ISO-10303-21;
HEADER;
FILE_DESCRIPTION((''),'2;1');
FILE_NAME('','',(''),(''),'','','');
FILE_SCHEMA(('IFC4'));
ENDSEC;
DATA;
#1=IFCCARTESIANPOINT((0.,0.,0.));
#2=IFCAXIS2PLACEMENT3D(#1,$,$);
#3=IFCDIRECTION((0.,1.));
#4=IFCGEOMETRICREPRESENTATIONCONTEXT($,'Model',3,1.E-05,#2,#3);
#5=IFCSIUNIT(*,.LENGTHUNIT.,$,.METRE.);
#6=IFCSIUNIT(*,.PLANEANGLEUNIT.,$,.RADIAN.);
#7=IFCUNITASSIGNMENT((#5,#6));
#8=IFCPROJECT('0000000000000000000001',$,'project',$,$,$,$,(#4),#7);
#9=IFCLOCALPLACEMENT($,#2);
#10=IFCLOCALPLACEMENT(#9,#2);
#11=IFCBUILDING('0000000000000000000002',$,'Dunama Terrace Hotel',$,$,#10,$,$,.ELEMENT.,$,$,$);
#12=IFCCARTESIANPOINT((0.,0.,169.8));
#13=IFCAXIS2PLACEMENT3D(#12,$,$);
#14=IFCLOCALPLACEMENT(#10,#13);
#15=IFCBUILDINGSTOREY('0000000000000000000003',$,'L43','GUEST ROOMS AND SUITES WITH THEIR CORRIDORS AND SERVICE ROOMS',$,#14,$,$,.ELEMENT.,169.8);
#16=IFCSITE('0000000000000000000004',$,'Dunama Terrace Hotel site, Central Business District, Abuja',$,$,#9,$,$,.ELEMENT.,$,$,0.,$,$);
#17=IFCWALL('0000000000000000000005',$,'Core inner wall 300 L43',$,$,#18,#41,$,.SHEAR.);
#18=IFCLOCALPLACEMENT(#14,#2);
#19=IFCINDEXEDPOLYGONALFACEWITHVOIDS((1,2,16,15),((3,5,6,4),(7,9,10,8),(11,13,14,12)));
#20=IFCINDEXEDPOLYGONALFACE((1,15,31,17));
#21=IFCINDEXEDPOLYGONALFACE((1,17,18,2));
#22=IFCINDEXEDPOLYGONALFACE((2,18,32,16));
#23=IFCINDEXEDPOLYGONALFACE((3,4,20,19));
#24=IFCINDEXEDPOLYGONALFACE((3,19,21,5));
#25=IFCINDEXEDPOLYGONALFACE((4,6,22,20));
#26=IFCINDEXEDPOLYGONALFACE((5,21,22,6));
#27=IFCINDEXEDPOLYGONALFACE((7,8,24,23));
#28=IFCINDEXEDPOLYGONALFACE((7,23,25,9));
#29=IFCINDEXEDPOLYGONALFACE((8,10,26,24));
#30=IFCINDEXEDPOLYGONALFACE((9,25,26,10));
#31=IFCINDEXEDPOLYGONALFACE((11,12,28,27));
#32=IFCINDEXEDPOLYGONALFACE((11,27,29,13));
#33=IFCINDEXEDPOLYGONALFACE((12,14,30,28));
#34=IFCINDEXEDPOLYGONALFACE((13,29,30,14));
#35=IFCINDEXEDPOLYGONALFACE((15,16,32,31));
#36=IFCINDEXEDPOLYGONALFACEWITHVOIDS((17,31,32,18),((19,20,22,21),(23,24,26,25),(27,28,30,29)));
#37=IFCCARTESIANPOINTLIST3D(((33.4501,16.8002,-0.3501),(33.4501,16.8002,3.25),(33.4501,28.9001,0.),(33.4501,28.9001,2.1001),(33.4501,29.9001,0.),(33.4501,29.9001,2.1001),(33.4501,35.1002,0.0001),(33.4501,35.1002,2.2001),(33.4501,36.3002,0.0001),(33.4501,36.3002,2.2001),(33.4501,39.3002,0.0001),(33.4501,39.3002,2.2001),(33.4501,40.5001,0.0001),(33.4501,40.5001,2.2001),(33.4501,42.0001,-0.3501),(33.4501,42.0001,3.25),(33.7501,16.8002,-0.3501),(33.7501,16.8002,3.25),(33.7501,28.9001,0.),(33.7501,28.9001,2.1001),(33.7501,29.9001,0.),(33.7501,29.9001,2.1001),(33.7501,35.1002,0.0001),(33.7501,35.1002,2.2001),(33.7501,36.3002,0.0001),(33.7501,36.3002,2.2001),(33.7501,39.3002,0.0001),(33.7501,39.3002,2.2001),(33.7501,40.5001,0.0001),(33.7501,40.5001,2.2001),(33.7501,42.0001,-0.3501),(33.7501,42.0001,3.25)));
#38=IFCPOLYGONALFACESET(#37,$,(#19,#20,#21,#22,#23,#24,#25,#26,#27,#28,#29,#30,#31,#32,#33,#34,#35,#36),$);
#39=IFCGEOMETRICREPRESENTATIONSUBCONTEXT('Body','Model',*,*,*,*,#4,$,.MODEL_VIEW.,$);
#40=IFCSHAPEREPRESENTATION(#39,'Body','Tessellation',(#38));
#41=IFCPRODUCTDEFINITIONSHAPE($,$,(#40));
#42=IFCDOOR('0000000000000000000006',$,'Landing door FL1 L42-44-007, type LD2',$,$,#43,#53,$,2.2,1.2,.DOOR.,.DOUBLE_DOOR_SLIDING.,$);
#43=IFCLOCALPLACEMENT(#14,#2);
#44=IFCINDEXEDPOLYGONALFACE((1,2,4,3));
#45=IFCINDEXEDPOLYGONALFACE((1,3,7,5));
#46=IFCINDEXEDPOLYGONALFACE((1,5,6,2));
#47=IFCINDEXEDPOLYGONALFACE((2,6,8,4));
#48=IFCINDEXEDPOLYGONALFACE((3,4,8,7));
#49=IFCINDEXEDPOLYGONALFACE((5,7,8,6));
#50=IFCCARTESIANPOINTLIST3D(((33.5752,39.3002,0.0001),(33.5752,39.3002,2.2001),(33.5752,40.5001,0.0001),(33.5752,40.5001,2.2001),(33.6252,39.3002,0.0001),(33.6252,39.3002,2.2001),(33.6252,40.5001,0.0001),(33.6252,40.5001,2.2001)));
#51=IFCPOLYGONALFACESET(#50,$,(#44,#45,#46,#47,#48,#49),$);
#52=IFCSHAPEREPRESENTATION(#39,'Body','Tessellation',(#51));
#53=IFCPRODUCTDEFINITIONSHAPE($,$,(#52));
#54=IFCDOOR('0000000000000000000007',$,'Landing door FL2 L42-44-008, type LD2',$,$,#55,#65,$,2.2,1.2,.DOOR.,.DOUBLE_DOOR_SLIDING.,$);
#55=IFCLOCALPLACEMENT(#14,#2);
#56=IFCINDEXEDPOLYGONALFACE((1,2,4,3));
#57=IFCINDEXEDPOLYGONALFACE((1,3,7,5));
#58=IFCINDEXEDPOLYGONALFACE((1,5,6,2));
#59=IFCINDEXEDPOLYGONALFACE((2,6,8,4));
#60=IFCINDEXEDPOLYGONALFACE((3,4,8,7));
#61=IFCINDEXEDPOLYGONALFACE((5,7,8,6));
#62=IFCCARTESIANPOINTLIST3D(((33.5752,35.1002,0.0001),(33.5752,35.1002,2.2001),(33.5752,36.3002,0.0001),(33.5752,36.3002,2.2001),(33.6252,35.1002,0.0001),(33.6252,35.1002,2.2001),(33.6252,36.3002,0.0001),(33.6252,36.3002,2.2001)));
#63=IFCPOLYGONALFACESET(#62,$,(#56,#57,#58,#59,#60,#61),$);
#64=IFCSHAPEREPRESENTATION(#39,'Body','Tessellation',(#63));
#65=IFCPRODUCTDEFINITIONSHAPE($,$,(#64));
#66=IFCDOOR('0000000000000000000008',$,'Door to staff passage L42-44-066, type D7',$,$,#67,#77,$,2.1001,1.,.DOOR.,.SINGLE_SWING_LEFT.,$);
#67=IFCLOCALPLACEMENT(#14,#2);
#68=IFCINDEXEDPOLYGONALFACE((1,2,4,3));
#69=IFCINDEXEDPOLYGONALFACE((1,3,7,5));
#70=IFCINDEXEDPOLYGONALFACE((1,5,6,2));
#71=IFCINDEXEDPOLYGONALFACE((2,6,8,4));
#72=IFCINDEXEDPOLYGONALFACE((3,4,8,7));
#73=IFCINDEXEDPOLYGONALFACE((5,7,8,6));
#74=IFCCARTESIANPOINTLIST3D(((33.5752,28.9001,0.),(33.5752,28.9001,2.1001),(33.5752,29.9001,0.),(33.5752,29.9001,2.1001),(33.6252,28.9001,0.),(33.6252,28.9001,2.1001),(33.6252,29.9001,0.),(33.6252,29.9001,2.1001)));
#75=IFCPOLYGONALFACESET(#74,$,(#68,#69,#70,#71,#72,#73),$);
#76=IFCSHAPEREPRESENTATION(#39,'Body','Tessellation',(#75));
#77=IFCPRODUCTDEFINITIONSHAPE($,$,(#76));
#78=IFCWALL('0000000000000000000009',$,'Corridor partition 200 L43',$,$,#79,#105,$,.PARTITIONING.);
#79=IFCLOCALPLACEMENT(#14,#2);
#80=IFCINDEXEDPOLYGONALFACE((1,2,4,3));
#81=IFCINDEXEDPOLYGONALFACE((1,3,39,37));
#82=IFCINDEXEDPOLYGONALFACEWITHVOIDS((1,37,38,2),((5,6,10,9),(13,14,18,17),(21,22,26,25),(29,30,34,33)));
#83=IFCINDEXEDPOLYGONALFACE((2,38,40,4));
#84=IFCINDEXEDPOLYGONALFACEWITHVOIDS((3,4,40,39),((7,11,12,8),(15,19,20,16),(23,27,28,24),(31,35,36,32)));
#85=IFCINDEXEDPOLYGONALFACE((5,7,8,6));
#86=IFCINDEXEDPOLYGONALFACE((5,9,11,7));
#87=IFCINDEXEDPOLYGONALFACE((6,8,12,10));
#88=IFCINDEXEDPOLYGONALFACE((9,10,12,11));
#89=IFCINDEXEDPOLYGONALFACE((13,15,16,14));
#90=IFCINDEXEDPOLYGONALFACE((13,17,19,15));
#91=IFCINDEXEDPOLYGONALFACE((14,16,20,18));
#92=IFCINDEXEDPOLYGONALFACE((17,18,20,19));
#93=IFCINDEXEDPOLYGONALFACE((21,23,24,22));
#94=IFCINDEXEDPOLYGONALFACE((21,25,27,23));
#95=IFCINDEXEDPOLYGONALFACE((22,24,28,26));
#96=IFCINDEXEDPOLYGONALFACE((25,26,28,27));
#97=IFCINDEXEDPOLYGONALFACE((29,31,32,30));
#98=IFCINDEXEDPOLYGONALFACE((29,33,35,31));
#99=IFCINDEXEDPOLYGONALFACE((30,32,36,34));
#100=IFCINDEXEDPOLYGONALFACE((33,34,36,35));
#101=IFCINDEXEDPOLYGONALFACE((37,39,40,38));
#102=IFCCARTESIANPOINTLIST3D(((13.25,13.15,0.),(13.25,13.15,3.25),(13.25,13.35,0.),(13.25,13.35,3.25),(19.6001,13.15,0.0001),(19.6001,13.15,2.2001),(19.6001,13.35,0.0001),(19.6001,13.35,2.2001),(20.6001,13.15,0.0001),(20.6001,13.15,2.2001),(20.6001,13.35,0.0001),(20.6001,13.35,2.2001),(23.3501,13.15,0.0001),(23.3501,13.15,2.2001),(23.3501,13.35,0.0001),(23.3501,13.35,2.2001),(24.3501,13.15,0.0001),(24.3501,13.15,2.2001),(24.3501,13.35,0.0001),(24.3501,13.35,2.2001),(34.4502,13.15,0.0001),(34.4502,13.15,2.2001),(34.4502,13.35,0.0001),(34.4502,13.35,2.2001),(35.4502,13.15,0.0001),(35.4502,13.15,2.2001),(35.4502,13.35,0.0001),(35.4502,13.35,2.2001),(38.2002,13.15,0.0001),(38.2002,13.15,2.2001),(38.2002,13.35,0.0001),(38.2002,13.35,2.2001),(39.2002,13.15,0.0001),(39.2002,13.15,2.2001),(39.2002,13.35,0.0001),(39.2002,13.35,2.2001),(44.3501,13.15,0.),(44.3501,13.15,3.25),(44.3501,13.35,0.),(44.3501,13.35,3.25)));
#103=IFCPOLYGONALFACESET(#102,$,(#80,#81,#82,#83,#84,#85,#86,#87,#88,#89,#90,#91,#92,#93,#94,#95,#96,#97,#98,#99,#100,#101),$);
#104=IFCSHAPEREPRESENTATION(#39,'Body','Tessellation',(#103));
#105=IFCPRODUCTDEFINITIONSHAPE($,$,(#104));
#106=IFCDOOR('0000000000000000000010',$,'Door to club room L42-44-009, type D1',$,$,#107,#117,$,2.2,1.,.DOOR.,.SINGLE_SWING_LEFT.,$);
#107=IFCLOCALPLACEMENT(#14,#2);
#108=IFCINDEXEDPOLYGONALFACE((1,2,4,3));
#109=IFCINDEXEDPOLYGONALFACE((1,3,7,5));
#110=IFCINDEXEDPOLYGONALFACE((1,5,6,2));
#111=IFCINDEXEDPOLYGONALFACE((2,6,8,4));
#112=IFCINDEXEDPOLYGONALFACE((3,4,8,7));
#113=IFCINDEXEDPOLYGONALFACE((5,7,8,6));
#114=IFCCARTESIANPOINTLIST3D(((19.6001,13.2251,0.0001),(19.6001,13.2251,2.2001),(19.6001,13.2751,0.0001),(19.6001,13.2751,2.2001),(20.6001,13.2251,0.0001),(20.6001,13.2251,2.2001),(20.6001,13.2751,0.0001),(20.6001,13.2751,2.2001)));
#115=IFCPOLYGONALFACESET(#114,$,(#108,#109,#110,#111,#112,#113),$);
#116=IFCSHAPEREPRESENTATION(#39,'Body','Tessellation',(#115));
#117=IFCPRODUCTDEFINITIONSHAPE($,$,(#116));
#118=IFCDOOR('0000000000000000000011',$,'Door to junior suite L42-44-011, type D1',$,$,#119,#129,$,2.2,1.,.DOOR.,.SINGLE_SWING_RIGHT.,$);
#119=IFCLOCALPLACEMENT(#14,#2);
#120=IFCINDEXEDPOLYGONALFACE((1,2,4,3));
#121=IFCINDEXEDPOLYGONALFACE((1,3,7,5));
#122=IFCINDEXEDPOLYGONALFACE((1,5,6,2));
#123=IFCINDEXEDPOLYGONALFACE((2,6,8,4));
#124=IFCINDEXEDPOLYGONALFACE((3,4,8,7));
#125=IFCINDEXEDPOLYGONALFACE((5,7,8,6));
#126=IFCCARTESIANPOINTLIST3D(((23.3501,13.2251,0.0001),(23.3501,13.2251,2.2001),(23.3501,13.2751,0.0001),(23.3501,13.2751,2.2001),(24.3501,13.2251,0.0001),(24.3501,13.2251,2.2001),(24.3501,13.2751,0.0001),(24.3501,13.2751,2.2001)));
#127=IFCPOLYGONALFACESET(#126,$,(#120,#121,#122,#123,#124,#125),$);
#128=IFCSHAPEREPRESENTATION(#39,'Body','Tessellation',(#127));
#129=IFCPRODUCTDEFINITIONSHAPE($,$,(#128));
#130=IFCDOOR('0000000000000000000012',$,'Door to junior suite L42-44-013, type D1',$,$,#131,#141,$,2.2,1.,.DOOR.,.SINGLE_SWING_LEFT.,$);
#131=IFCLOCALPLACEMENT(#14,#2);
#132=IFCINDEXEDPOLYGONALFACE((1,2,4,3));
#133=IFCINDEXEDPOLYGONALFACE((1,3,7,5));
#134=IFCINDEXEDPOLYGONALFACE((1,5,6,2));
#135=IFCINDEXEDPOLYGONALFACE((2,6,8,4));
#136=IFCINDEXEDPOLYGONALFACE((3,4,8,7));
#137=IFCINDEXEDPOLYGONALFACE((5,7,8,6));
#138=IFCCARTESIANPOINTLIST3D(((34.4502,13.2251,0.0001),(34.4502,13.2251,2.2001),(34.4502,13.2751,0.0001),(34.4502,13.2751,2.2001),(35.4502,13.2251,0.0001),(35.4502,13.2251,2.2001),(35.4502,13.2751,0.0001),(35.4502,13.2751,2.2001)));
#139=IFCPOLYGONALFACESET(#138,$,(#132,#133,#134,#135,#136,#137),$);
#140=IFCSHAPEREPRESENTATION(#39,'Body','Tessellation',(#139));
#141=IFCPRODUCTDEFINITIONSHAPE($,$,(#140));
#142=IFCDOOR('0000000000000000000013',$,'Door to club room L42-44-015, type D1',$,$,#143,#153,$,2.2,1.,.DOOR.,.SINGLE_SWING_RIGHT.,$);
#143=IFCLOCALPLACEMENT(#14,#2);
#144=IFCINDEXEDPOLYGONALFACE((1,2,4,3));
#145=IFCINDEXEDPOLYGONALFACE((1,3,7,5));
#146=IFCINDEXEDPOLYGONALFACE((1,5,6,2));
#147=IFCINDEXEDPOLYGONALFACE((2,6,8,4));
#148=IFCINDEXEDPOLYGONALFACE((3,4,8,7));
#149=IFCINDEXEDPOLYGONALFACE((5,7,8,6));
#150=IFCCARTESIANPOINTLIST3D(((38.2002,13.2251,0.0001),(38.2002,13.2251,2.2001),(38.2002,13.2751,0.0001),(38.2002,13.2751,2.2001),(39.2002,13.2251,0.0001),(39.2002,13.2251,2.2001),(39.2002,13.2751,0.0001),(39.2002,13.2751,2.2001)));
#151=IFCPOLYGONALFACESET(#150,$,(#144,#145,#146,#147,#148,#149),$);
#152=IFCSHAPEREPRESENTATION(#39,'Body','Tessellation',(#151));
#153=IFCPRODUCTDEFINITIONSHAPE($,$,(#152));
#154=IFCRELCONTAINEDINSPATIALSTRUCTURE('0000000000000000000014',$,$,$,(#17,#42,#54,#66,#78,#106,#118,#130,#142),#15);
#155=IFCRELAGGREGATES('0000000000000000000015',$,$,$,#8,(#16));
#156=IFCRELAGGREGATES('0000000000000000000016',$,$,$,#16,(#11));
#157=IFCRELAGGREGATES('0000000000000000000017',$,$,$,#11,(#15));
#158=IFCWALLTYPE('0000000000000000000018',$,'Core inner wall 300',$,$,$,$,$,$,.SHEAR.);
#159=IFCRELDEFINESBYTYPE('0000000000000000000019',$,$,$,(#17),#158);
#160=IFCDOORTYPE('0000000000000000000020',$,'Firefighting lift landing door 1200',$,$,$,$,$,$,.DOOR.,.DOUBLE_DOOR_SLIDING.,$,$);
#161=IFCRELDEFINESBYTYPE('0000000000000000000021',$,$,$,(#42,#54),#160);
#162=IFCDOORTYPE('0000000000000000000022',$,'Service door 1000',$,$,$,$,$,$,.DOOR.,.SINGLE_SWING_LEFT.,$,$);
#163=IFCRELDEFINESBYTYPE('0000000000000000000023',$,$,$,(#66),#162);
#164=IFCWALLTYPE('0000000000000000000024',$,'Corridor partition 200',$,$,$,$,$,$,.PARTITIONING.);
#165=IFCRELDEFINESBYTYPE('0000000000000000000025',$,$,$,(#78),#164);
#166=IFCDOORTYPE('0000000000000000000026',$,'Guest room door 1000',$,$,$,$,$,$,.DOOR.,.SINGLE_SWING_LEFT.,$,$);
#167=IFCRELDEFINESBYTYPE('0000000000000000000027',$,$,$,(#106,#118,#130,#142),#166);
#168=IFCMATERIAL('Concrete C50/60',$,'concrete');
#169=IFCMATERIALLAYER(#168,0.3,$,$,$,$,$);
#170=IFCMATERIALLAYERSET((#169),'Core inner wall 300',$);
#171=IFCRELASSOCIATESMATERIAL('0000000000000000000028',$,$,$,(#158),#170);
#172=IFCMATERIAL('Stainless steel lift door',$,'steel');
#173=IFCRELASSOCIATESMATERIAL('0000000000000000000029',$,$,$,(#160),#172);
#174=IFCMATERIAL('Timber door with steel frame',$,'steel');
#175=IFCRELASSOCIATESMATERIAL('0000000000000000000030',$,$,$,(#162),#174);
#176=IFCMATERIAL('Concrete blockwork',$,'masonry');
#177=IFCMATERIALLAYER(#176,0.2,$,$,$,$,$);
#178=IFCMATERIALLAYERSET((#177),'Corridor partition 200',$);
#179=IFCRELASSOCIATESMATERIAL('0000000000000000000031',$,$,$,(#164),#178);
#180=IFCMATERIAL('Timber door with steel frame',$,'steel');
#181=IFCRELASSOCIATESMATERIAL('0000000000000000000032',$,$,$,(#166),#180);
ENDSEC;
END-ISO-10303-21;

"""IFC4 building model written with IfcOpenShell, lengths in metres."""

from ifc_helpers import new_model, si_unit, direction, frame, frame_2d, origin, place, context, subcontext, project, spatial, rectangle, extrude, material, layer, layer_set, type_object, element, fill, save


model = new_model("IFC4")

# Units and contexts
model_context = context("Model", 3, precision=1e-05, world=origin(), true_north=direction((0.0, 1.0)))
body_context = subcontext(model_context, "Body", "Model", "MODEL_VIEW")
ifc_project = project(units=[si_unit("LENGTHUNIT", "METRE"), si_unit("PLANEANGLEUNIT", "RADIAN")], contexts=[model_context])

# Site, building, storey
site_placement = place(None, origin())
site = spatial("IfcSite", under=ifc_project, at=site_placement, Name="Dunama Terrace Hotel site, Central Business District, Abuja", CompositionType="ELEMENT", RefElevation=0.0)
building_placement = place(site_placement, origin())
building = spatial("IfcBuilding", under=site, at=building_placement, Name="Dunama Terrace Hotel", CompositionType="ELEMENT")
storey_placement = place(building_placement, frame((0.0, 0.0, 169.8)))
storey = spatial("IfcBuildingStorey", under=building, at=storey_placement, Name="L43", Description="GUEST ROOMS AND SUITES WITH THEIR CORRIDORS AND SERVICE ROOMS", CompositionType="ELEMENT", Elevation=169.8)

# Walls, openings, doors
ifc_material_1 = material(Name="Concrete C50/60", Category="concrete")
ifc_layer_1 = layer(ifc_material_1, 0.3)
ifc_layer_set_1 = layer_set([ifc_layer_1], Name="Core inner wall 300")
wall_type_1 = type_object("IfcWallType", Name="Core inner wall 300", PredefinedType="SHEAR", material=ifc_layer_set_1)
wall_1_placement = place(storey_placement, frame((33.6001, 16.8, -0.3501), z_axis=(0.0, 0.0, 1.0), x_axis=(0.0, 1.0, 0.0)))
wall_1 = element("IfcWall", 1, at=wall_1_placement, inside=storey, type_object=wall_type_1, Name="Core inner wall 300 L43", PredefinedType="SHEAR", context=body_context, shape_type="SweptSolid", body=[
    extrude(rectangle(XDim=25.2, YDim=0.3, at=frame_2d((12.6001, 0.0))), origin(), (0.0, 0.0, 1.0), 3.6001),
])
opening_1_placement = place(wall_1_placement, frame((22.5, 0.0, 0.3501)))
opening_1 = element("IfcOpeningElement", 2, at=opening_1_placement, cuts=wall_1, PredefinedType="OPENING", context=body_context, shape_type="SweptSolid", body=[
    extrude(rectangle(XDim=1.2, YDim=2.2, at=frame_2d((0.6001, 1.1001))), frame((0.0, 0.1599, 0.0), z_axis=(0.0, -1.0, 0.0), x_axis=(1.0, 0.0, 0.0)), (0.0, 0.0, 1.0), 0.3201),
])
opening_2_placement = place(wall_1_placement, frame((18.3, 0.0, 0.3501)))
opening_2 = element("IfcOpeningElement", 3, at=opening_2_placement, cuts=wall_1, PredefinedType="OPENING", context=body_context, shape_type="SweptSolid", body=[
    extrude(rectangle(XDim=1.2, YDim=2.2, at=frame_2d((0.6001, 1.1001))), frame((0.0, 0.1599, 0.0), z_axis=(0.0, -1.0, 0.0), x_axis=(1.0, 0.0, 0.0)), (0.0, 0.0, 1.0), 0.3201),
])
opening_3_placement = place(wall_1_placement, frame((12.1001, 0.0, 0.3501)))
opening_3 = element("IfcOpeningElement", 4, at=opening_3_placement, cuts=wall_1, PredefinedType="OPENING", context=body_context, shape_type="SweptSolid", body=[
    extrude(rectangle(XDim=1.0, YDim=2.1001, at=frame_2d((0.5, 1.05))), frame((0.0, 0.1599, 0.0), z_axis=(0.0, -1.0, 0.0), x_axis=(1.0, 0.0, 0.0)), (0.0, 0.0, 1.0), 0.3201),
])
ifc_material_2 = material(Name="Stainless steel lift door", Category="steel")
door_type_1 = type_object("IfcDoorType", Name="Firefighting lift landing door 1200", OperationType="DOUBLE_DOOR_SLIDING", PredefinedType="DOOR", material=ifc_material_2)
door_1_placement = place(opening_1_placement, origin())
door_1 = element("IfcDoor", 5, at=door_1_placement, inside=storey, type_object=door_type_1, Name="Landing door FL1 L42-44-007, type LD2", OperationType="DOUBLE_DOOR_SLIDING", OverallHeight=2.2, OverallWidth=1.2, PredefinedType="DOOR", context=body_context, shape_type="SweptSolid", body=[
    extrude(rectangle(XDim=1.2, YDim=2.2, at=frame_2d((0.6001, 1.1001))), frame((0.0, 0.0249, 0.0), z_axis=(0.0, -1.0, 0.0), x_axis=(1.0, 0.0, 0.0)), (0.0, 0.0, 1.0), 0.05),
])
fill(opening_1, door_1)
door_2_placement = place(opening_2_placement, origin())
door_2 = element("IfcDoor", 6, at=door_2_placement, inside=storey, type_object=door_type_1, Name="Landing door FL2 L42-44-008, type LD2", OperationType="DOUBLE_DOOR_SLIDING", OverallHeight=2.2, OverallWidth=1.2, PredefinedType="DOOR", context=body_context, shape_type="SweptSolid", body=[
    extrude(rectangle(XDim=1.2, YDim=2.2, at=frame_2d((0.6001, 1.1001))), frame((0.0, 0.0249, 0.0), z_axis=(0.0, -1.0, 0.0), x_axis=(1.0, 0.0, 0.0)), (0.0, 0.0, 1.0), 0.05),
])
fill(opening_2, door_2)
ifc_material_3 = material(Name="Timber door with steel frame", Category="steel")
door_type_2 = type_object("IfcDoorType", Name="Service door 1000", OperationType="SINGLE_SWING_LEFT", PredefinedType="DOOR", material=ifc_material_3)
door_3_placement = place(opening_3_placement, origin())
door_3 = element("IfcDoor", 7, at=door_3_placement, inside=storey, type_object=door_type_2, Name="Door to staff passage L42-44-066, type D7", OperationType="SINGLE_SWING_LEFT", OverallHeight=2.1001, OverallWidth=1.0, PredefinedType="DOOR", context=body_context, shape_type="SweptSolid", body=[
    extrude(rectangle(XDim=1.0, YDim=2.1001, at=frame_2d((0.5, 1.05))), frame((0.0, 0.0249, 0.0), z_axis=(0.0, -1.0, 0.0), x_axis=(1.0, 0.0, 0.0)), (0.0, 0.0, 1.0), 0.05),
])
fill(opening_3, door_3)
ifc_material_4 = material(Name="Concrete blockwork", Category="masonry")
ifc_layer_2 = layer(ifc_material_4, 0.2)
ifc_layer_set_2 = layer_set([ifc_layer_2], Name="Corridor partition 200")
wall_type_2 = type_object("IfcWallType", Name="Corridor partition 200", PredefinedType="PARTITIONING", material=ifc_layer_set_2)
wall_2_placement = place(storey_placement, frame((44.3501, 13.25, 0.0), z_axis=(0.0, 0.0, 1.0), x_axis=(-1.0, 0.0, 0.0)))
wall_2 = element("IfcWall", 8, at=wall_2_placement, inside=storey, type_object=wall_type_2, Name="Corridor partition 200 L43", PredefinedType="PARTITIONING", context=body_context, shape_type="SweptSolid", body=[
    extrude(rectangle(XDim=31.1001, YDim=0.2, at=frame_2d((15.55, 0.0))), origin(), (0.0, 0.0, 1.0), 3.25),
])
opening_4_placement = place(wall_2_placement, frame((23.75, 0.0, 0.0)))
opening_4 = element("IfcOpeningElement", 9, at=opening_4_placement, cuts=wall_2, PredefinedType="OPENING", context=body_context, shape_type="SweptSolid", body=[
    extrude(rectangle(XDim=1.0, YDim=2.2, at=frame_2d((0.5, 1.1001))), frame((0.0, 0.1099, 0.0), z_axis=(0.0, -1.0, 0.0), x_axis=(1.0, 0.0, 0.0)), (0.0, 0.0, 1.0), 0.22),
])
opening_5_placement = place(wall_2_placement, frame((20.0, 0.0, 0.0)))
opening_5 = element("IfcOpeningElement", 10, at=opening_5_placement, cuts=wall_2, PredefinedType="OPENING", context=body_context, shape_type="SweptSolid", body=[
    extrude(rectangle(XDim=1.0, YDim=2.2, at=frame_2d((0.5, 1.1001))), frame((0.0, 0.1099, 0.0), z_axis=(0.0, -1.0, 0.0), x_axis=(1.0, 0.0, 0.0)), (0.0, 0.0, 1.0), 0.22),
])
opening_6_placement = place(wall_2_placement, frame((8.8999, 0.0, 0.0)))
opening_6 = element("IfcOpeningElement", 11, at=opening_6_placement, cuts=wall_2, PredefinedType="OPENING", context=body_context, shape_type="SweptSolid", body=[
    extrude(rectangle(XDim=1.0, YDim=2.2, at=frame_2d((0.5, 1.1001))), frame((0.0, 0.1099, 0.0), z_axis=(0.0, -1.0, 0.0), x_axis=(1.0, 0.0, 0.0)), (0.0, 0.0, 1.0), 0.22),
])
opening_7_placement = place(wall_2_placement, frame((5.1499, 0.0, 0.0)))
opening_7 = element("IfcOpeningElement", 12, at=opening_7_placement, cuts=wall_2, PredefinedType="OPENING", context=body_context, shape_type="SweptSolid", body=[
    extrude(rectangle(XDim=1.0, YDim=2.2, at=frame_2d((0.5, 1.1001))), frame((0.0, 0.1099, 0.0), z_axis=(0.0, -1.0, 0.0), x_axis=(1.0, 0.0, 0.0)), (0.0, 0.0, 1.0), 0.22),
])
ifc_material_5 = material(Name="Timber door with steel frame", Category="steel")
door_type_3 = type_object("IfcDoorType", Name="Guest room door 1000", OperationType="SINGLE_SWING_LEFT", PredefinedType="DOOR", material=ifc_material_5)
door_4_placement = place(opening_4_placement, origin())
door_4 = element("IfcDoor", 13, at=door_4_placement, inside=storey, type_object=door_type_3, Name="Door to club room L42-44-009, type D1", OperationType="SINGLE_SWING_LEFT", OverallHeight=2.2, OverallWidth=1.0, PredefinedType="DOOR", context=body_context, shape_type="SweptSolid", body=[
    extrude(rectangle(XDim=1.0, YDim=2.2, at=frame_2d((0.5, 1.1001))), frame((0.0, 0.0249, 0.0), z_axis=(0.0, -1.0, 0.0), x_axis=(1.0, 0.0, 0.0)), (0.0, 0.0, 1.0), 0.05),
])
fill(opening_4, door_4)
door_5_placement = place(opening_5_placement, origin())
door_5 = element("IfcDoor", 14, at=door_5_placement, inside=storey, type_object=door_type_3, Name="Door to junior suite L42-44-011, type D1", OperationType="SINGLE_SWING_RIGHT", OverallHeight=2.2, OverallWidth=1.0, PredefinedType="DOOR", context=body_context, shape_type="SweptSolid", body=[
    extrude(rectangle(XDim=1.0, YDim=2.2, at=frame_2d((0.5, 1.1001))), frame((0.0, 0.0249, 0.0), z_axis=(0.0, -1.0, 0.0), x_axis=(1.0, 0.0, 0.0)), (0.0, 0.0, 1.0), 0.05),
])
fill(opening_5, door_5)
door_6_placement = place(opening_6_placement, origin())
door_6 = element("IfcDoor", 15, at=door_6_placement, inside=storey, type_object=door_type_3, Name="Door to junior suite L42-44-013, type D1", OperationType="SINGLE_SWING_LEFT", OverallHeight=2.2, OverallWidth=1.0, PredefinedType="DOOR", context=body_context, shape_type="SweptSolid", body=[
    extrude(rectangle(XDim=1.0, YDim=2.2, at=frame_2d((0.5, 1.1001))), frame((0.0, 0.0249, 0.0), z_axis=(0.0, -1.0, 0.0), x_axis=(1.0, 0.0, 0.0)), (0.0, 0.0, 1.0), 0.05),
])
fill(opening_6, door_6)
door_7_placement = place(opening_7_placement, origin())
door_7 = element("IfcDoor", 16, at=door_7_placement, inside=storey, type_object=door_type_3, Name="Door to club room L42-44-015, type D1", OperationType="SINGLE_SWING_RIGHT", OverallHeight=2.2, OverallWidth=1.0, PredefinedType="DOOR", context=body_context, shape_type="SweptSolid", body=[
    extrude(rectangle(XDim=1.0, YDim=2.2, at=frame_2d((0.5, 1.1001))), frame((0.0, 0.0249, 0.0), z_axis=(0.0, -1.0, 0.0), x_axis=(1.0, 0.0, 0.0)), (0.0, 0.0, 1.0), 0.05),
])
fill(opening_7, door_7)

save(model, "model.ifc")
